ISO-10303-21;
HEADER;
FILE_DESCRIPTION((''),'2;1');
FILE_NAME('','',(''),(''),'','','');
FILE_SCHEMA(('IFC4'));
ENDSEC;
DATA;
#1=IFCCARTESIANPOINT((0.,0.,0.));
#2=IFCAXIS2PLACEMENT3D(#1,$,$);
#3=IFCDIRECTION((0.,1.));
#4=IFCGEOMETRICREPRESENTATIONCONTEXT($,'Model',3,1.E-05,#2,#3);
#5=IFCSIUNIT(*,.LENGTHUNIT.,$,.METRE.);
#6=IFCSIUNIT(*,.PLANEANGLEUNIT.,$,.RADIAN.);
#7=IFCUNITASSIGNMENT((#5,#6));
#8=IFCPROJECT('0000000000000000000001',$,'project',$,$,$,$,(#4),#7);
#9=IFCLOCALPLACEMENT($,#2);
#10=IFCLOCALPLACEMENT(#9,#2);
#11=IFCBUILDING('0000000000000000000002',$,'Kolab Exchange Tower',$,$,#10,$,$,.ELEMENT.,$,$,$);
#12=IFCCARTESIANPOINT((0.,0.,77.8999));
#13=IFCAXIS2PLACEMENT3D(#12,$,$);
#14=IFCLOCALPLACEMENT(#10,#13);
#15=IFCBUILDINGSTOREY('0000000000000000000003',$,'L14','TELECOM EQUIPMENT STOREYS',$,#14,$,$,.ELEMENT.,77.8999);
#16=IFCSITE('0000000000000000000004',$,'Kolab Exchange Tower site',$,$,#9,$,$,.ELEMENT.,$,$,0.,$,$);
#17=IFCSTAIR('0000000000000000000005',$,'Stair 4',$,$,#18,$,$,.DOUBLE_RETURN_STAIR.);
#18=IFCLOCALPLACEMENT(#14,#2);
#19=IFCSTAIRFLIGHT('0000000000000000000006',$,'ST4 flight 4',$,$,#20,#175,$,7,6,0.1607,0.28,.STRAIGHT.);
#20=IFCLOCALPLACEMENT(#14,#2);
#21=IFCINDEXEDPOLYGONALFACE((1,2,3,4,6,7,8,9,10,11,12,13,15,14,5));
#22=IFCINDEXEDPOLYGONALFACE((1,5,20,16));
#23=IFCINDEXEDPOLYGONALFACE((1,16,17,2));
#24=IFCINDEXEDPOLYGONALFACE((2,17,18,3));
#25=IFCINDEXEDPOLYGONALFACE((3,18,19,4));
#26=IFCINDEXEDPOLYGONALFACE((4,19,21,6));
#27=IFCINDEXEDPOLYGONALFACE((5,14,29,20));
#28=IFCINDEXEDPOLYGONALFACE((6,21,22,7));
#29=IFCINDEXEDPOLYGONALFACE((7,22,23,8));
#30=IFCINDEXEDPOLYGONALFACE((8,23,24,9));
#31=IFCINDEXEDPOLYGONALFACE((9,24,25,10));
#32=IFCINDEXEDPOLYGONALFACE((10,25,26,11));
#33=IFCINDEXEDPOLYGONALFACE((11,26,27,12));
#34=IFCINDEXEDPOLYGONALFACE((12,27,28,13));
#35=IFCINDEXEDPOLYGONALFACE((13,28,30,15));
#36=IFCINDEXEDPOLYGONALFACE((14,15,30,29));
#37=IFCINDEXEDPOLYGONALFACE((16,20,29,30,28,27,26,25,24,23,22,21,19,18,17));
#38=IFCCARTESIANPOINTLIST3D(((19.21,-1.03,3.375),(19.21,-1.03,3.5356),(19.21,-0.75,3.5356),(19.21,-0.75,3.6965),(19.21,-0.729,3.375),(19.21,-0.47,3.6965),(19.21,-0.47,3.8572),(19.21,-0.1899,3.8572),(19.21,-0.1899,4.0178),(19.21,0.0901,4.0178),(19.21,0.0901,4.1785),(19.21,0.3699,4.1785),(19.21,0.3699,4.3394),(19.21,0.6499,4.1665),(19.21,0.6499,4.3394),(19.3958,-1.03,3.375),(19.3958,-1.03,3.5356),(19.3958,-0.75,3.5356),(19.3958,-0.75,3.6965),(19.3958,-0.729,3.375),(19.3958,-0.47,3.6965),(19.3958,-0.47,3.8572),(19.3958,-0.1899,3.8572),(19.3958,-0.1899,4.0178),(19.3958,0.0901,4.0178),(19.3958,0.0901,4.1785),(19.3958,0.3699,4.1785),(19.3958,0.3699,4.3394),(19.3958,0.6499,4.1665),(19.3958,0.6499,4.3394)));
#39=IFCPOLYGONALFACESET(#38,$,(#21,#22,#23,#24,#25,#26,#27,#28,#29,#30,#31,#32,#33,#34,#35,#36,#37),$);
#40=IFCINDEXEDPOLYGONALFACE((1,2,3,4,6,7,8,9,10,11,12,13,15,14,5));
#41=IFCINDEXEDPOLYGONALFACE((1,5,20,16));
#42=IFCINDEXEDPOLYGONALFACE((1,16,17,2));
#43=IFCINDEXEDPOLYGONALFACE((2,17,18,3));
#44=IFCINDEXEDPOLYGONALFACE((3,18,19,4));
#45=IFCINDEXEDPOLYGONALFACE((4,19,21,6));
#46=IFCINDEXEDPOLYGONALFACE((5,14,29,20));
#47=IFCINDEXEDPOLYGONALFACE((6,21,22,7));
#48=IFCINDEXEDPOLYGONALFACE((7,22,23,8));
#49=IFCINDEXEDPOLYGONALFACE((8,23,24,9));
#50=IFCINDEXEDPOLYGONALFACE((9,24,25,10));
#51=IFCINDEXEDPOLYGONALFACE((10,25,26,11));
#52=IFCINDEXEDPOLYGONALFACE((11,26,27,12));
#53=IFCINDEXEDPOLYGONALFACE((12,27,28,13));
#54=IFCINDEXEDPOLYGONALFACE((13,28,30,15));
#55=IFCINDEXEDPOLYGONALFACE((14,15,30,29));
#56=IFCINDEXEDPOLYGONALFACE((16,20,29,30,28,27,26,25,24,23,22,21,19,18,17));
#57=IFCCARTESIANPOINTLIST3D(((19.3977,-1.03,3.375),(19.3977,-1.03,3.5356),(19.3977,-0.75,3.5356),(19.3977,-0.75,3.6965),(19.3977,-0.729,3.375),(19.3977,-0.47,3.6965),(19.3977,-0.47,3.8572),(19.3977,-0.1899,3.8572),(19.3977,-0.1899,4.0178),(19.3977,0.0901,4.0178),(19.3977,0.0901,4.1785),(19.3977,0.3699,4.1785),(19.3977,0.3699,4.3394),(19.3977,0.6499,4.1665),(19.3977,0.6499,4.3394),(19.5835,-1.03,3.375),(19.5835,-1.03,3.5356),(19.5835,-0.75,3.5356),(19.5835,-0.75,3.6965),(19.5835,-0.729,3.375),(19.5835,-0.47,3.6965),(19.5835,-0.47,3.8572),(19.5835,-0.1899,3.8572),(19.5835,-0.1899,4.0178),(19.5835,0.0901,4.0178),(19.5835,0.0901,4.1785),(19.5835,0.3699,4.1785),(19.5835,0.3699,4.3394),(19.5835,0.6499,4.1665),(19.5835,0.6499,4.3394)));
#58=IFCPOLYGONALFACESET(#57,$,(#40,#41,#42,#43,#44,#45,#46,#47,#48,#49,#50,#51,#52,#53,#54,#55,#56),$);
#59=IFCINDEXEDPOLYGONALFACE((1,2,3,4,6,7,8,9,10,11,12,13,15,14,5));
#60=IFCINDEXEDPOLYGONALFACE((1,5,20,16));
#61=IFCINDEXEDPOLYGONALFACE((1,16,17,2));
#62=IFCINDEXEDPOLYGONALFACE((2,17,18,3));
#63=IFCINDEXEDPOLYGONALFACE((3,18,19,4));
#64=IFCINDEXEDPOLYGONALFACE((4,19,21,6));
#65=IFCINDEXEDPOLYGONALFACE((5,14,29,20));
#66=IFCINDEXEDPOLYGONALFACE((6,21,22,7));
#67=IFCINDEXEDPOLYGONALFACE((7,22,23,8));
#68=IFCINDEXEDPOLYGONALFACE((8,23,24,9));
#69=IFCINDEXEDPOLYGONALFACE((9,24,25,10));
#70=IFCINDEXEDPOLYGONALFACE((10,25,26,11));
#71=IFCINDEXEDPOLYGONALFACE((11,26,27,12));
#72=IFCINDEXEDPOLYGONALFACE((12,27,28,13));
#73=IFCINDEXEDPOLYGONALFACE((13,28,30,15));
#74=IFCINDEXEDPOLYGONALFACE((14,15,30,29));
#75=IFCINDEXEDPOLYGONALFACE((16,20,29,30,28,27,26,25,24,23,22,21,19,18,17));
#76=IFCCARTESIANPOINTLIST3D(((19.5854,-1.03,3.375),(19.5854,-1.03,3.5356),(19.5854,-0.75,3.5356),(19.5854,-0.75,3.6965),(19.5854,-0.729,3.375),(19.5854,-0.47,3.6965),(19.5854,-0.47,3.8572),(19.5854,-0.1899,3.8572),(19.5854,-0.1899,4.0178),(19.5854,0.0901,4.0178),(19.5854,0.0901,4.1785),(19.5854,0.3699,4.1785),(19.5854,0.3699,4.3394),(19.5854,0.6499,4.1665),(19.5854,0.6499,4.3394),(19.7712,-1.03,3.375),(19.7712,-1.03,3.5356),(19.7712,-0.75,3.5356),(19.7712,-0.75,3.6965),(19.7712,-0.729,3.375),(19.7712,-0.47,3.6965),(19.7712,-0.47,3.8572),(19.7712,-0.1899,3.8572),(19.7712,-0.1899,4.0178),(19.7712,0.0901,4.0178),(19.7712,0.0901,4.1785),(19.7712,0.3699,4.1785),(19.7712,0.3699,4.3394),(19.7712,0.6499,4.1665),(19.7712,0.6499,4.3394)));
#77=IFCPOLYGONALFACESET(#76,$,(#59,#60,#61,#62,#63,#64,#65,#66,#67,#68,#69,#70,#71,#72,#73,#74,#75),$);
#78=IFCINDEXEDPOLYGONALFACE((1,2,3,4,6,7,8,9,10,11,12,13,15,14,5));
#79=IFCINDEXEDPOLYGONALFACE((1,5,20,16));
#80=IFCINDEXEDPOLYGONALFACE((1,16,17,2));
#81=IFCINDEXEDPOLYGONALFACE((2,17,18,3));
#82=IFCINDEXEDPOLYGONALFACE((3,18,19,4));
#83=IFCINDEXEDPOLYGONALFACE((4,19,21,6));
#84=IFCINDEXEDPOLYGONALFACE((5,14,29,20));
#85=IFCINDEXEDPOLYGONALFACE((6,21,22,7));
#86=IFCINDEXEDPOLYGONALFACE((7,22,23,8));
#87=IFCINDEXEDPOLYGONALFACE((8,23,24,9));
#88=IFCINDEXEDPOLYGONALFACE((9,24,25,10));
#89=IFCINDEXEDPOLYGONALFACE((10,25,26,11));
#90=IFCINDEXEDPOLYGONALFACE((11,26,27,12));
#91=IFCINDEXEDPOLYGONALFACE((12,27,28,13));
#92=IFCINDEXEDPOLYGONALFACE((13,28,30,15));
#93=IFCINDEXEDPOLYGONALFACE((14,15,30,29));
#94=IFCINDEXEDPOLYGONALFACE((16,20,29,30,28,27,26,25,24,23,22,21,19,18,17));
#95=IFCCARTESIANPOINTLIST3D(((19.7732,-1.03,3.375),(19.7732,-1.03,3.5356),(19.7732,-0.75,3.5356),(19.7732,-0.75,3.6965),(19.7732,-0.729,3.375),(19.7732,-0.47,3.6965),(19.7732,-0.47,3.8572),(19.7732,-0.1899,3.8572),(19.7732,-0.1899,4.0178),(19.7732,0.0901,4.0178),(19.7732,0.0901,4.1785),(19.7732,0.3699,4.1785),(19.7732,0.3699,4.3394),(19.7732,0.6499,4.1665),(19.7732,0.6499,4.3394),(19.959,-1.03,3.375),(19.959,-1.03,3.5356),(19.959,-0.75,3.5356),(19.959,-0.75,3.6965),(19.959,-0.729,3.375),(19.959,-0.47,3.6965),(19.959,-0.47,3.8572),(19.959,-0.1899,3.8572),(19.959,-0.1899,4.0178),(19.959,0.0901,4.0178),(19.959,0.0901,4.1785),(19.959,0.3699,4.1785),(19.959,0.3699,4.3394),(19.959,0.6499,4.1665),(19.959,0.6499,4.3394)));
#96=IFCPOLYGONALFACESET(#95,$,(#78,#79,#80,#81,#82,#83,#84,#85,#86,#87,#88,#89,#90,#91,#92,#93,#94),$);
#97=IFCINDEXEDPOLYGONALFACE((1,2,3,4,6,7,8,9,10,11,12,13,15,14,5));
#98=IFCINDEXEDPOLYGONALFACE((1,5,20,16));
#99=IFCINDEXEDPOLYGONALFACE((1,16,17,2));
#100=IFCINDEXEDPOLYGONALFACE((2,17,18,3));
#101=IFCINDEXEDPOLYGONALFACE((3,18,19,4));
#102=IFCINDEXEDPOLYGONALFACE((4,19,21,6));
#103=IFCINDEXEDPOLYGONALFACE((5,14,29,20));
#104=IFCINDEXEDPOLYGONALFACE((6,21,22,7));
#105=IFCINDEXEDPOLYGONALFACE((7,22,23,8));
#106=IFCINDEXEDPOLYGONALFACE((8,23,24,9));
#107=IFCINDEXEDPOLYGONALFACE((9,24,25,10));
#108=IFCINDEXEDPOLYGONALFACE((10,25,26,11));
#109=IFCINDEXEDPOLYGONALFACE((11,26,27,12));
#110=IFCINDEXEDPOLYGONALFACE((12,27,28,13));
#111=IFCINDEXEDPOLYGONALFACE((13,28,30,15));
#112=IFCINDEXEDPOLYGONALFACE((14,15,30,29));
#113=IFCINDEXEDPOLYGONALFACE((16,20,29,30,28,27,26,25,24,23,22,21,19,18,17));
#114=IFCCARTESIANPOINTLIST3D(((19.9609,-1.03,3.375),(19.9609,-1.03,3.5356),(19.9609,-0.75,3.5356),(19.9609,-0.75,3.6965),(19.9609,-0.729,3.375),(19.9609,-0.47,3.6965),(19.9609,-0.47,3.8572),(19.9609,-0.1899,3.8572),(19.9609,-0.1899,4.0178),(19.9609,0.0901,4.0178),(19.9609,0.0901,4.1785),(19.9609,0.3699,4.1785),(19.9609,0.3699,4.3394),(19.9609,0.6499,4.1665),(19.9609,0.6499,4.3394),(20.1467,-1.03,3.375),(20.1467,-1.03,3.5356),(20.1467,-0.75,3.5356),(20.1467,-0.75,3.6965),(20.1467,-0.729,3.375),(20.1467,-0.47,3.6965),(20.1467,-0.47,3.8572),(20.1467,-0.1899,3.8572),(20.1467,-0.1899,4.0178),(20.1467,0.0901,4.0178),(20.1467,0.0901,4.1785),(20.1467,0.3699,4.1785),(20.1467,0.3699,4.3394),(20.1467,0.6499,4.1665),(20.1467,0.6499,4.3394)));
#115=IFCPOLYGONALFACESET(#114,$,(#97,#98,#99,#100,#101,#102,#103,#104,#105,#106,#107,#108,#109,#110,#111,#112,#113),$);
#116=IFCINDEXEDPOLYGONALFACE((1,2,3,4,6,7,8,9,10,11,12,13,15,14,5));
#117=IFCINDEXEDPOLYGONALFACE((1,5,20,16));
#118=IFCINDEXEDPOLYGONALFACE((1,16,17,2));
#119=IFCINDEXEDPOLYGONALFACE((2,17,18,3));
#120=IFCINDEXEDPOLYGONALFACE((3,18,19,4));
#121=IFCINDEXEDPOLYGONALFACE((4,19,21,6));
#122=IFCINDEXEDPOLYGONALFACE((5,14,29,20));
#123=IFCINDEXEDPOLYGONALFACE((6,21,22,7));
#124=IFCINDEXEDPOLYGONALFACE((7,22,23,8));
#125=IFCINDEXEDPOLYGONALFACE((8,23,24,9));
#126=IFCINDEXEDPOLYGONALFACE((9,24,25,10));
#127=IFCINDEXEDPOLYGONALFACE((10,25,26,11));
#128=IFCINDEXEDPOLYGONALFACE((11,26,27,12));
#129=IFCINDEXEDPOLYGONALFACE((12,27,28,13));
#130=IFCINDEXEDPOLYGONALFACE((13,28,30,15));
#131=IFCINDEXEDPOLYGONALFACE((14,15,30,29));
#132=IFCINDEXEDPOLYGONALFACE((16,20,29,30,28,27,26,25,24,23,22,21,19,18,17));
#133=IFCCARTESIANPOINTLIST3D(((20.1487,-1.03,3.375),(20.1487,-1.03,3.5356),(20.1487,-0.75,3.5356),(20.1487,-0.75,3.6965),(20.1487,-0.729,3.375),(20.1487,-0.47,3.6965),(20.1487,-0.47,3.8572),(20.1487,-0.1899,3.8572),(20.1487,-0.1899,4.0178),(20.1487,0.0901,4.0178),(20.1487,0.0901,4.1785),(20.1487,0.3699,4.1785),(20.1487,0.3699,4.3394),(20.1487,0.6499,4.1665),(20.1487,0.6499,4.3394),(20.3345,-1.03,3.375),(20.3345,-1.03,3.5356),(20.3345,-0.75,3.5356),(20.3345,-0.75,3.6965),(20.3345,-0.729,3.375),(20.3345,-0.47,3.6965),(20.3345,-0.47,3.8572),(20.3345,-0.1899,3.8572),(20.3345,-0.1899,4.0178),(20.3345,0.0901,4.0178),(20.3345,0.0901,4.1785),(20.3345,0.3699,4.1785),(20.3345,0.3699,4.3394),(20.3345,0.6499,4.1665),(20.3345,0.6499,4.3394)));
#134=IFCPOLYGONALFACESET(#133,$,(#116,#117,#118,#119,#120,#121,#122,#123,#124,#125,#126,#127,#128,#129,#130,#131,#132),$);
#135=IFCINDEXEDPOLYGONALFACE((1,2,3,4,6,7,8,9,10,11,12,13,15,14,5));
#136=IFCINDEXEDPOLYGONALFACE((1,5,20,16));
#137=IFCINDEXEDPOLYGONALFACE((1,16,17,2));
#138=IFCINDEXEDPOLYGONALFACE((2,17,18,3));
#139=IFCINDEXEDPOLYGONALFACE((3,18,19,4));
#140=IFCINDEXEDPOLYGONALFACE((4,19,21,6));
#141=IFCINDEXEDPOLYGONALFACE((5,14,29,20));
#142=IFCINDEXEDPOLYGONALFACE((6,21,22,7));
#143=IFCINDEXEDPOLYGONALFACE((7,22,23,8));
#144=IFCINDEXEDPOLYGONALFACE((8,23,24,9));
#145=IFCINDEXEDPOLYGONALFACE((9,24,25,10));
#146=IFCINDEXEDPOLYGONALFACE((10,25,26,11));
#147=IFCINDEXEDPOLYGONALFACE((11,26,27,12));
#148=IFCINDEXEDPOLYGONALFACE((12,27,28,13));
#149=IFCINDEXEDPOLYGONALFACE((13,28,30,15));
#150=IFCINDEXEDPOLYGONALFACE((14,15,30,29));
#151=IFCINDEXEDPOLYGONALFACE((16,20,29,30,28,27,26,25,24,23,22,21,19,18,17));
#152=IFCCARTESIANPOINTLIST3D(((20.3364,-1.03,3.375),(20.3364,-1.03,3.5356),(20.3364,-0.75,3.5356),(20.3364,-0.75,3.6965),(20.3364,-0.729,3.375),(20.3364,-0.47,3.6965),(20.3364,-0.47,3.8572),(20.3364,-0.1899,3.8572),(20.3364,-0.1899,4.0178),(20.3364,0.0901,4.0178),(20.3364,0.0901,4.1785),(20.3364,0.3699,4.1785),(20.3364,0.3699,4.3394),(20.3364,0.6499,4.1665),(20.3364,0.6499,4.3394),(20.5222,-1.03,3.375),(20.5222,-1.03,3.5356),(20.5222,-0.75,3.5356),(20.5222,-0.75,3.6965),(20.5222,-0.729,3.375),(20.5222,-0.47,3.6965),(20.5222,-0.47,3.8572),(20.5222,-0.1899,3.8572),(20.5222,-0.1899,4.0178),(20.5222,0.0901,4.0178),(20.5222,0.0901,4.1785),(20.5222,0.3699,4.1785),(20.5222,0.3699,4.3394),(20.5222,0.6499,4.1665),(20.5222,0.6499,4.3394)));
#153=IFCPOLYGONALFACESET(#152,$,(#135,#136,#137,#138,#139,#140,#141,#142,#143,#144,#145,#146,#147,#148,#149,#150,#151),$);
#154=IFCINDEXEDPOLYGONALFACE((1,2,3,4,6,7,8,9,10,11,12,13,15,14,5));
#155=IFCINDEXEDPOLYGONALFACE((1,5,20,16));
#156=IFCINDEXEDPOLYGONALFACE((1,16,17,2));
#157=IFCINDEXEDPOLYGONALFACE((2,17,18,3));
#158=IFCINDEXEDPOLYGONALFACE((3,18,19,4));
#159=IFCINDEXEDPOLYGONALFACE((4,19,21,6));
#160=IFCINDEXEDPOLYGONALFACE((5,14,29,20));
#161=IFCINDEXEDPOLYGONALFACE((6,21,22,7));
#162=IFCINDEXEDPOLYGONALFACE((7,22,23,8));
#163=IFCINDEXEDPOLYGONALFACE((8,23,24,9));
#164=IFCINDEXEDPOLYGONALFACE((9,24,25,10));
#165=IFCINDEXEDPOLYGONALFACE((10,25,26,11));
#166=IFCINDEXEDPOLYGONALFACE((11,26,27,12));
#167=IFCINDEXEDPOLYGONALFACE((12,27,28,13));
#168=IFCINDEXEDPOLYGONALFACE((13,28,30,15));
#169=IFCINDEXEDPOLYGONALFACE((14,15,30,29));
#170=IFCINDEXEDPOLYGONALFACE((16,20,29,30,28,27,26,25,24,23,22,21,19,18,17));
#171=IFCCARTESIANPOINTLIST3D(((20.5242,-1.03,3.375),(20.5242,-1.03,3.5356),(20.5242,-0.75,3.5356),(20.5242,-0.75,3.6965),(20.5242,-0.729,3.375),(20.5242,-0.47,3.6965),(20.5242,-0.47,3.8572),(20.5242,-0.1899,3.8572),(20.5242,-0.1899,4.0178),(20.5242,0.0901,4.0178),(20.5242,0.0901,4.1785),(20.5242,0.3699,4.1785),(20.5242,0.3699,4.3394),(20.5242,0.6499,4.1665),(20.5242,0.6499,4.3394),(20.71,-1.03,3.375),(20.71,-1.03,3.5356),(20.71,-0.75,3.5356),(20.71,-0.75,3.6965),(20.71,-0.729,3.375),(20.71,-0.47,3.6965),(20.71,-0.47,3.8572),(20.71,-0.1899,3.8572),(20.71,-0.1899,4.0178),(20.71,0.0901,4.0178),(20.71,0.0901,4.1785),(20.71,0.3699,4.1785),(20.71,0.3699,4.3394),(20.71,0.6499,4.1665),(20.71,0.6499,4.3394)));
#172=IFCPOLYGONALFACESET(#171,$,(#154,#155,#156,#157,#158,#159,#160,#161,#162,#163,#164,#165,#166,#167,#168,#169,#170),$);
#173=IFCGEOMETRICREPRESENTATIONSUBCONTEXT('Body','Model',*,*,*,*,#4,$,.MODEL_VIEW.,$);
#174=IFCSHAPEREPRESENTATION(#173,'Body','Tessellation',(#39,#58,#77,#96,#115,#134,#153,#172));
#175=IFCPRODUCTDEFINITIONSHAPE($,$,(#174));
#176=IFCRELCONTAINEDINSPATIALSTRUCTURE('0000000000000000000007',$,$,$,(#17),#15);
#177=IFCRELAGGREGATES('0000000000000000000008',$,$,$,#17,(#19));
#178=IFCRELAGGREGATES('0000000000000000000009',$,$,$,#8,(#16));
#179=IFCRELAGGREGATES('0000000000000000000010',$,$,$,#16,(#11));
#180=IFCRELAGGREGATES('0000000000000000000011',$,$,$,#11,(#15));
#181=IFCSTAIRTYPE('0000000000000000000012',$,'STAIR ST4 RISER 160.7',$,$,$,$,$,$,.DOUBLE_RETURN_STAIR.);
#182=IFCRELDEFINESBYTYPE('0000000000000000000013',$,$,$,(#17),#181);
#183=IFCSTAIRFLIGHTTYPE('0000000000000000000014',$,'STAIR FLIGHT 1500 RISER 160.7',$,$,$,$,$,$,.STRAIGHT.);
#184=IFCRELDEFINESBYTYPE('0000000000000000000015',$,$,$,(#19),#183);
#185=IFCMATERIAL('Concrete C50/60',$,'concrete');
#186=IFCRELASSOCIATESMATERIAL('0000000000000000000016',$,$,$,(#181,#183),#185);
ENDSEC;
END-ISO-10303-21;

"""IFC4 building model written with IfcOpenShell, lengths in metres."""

from ifc_helpers import new_model, si_unit, direction, frame, origin, place, context, subcontext, project, spatial, polyline, outline, extrude, material, type_object, element, aggregate, save


model = new_model("IFC4")

# Units and contexts
model_context = context("Model", 3, precision=1e-05, world=origin(), true_north=direction((0.0, 1.0)))
body_context = subcontext(model_context, "Body", "Model", "MODEL_VIEW")
ifc_project = project(units=[si_unit("LENGTHUNIT", "METRE"), si_unit("PLANEANGLEUNIT", "RADIAN")], contexts=[model_context])

# Site, building, storey
site_placement = place(None, origin())
site = spatial("IfcSite", under=ifc_project, at=site_placement, Name="Kolab Exchange Tower site", CompositionType="ELEMENT", RefElevation=0.0)
building_placement = place(site_placement, origin())
building = spatial("IfcBuilding", under=site, at=building_placement, Name="Kolab Exchange Tower", CompositionType="ELEMENT")
storey_placement = place(building_placement, frame((0.0, 0.0, 77.8999)))
storey = spatial("IfcBuildingStorey", under=building, at=storey_placement, Name="L14", Description="TELECOM EQUIPMENT STOREYS", CompositionType="ELEMENT", Elevation=77.8999)

# Shared definitions
ifc_material_1 = material(Name="Concrete C50/60", Category="concrete")

# Stair, stair flight
stair_type = type_object("IfcStairType", Name="STAIR ST4 RISER 160.7", PredefinedType="DOUBLE_RETURN_STAIR", material=ifc_material_1)
stair_placement = place(storey_placement, origin())
stair = element("IfcStair", 1, at=stair_placement, inside=storey, type_object=stair_type, Name="Stair 4", PredefinedType="DOUBLE_RETURN_STAIR")
stair_flight_type = type_object("IfcStairFlightType", Name="STAIR FLIGHT 1500 RISER 160.7", PredefinedType="STRAIGHT", material=ifc_material_1)
stair_flight_1_placement = place(storey_placement, frame((19.96, -1.03, 3.375), z_axis=(0.0, 0.0, 1.0), x_axis=(0.0, 1.0, 0.0)))
stair_flight_1 = element("IfcStairFlight", 2, at=stair_flight_1_placement, type_object=stair_flight_type, Name="ST4 flight 4", NumberOfRisers=7, NumberOfTreads=6, PredefinedType="STRAIGHT", RiserHeight=0.1607, TreadLength=0.28, context=body_context, shape_type="SweptSolid", body=[
    extrude(outline(polyline([(0.0, 0.0), (0.0, 0.1606), (0.28, 0.1606), (0.28, 0.3215), (0.5601, 0.3215), (0.5601, 0.4822), (0.8401, 0.4822), (0.8401, 0.6428), (1.1201, 0.6428), (1.1201, 0.8035), (1.3999, 0.8035), (1.3999, 0.9644), (1.6799, 0.9644), (1.6799, 1.125), (1.6799, 0.7915), (0.301, 0.0), (0.0, 0.0)])), frame((0.0, 0.75, 0.0), z_axis=(0.0, -1.0, 0.0), x_axis=(1.0, 0.0, 0.0)), (0.0, 0.0, 1.0), 0.1858),
    extrude(outline(polyline([(0.0, 0.0), (0.0, 0.1606), (0.28, 0.1606), (0.28, 0.3215), (0.5601, 0.3215), (0.5601, 0.4822), (0.8401, 0.4822), (0.8401, 0.6428), (1.1201, 0.6428), (1.1201, 0.8035), (1.3999, 0.8035), (1.3999, 0.9644), (1.6799, 0.9644), (1.6799, 1.125), (1.6799, 0.7915), (0.301, 0.0), (0.0, 0.0)])), frame((0.0, 0.5623, 0.0), z_axis=(0.0, -1.0, 0.0), x_axis=(1.0, 0.0, 0.0)), (0.0, 0.0, 1.0), 0.1858),
    extrude(outline(polyline([(0.0, 0.0), (0.0, 0.1606), (0.28, 0.1606), (0.28, 0.3215), (0.5601, 0.3215), (0.5601, 0.4822), (0.8401, 0.4822), (0.8401, 0.6428), (1.1201, 0.6428), (1.1201, 0.8035), (1.3999, 0.8035), (1.3999, 0.9644), (1.6799, 0.9644), (1.6799, 1.125), (1.6799, 0.7915), (0.301, 0.0), (0.0, 0.0)])), frame((0.0, 0.3745, 0.0), z_axis=(0.0, -1.0, 0.0), x_axis=(1.0, 0.0, 0.0)), (0.0, 0.0, 1.0), 0.1858),
    extrude(outline(polyline([(0.0, 0.0), (0.0, 0.1606), (0.28, 0.1606), (0.28, 0.3215), (0.5601, 0.3215), (0.5601, 0.4822), (0.8401, 0.4822), (0.8401, 0.6428), (1.1201, 0.6428), (1.1201, 0.8035), (1.3999, 0.8035), (1.3999, 0.9644), (1.6799, 0.9644), (1.6799, 1.125), (1.6799, 0.7915), (0.301, 0.0), (0.0, 0.0)])), frame((0.0, 0.1868, 0.0), z_axis=(0.0, -1.0, 0.0), x_axis=(1.0, 0.0, 0.0)), (0.0, 0.0, 1.0), 0.1858),
    extrude(outline(polyline([(0.0, 0.0), (0.0, 0.1606), (0.28, 0.1606), (0.28, 0.3215), (0.5601, 0.3215), (0.5601, 0.4822), (0.8401, 0.4822), (0.8401, 0.6428), (1.1201, 0.6428), (1.1201, 0.8035), (1.3999, 0.8035), (1.3999, 0.9644), (1.6799, 0.9644), (1.6799, 1.125), (1.6799, 0.7915), (0.301, 0.0), (0.0, 0.0)])), frame((0.0, -0.001, 0.0), z_axis=(0.0, -1.0, 0.0), x_axis=(1.0, 0.0, 0.0)), (0.0, 0.0, 1.0), 0.1858),
    extrude(outline(polyline([(0.0, 0.0), (0.0, 0.1606), (0.28, 0.1606), (0.28, 0.3215), (0.5601, 0.3215), (0.5601, 0.4822), (0.8401, 0.4822), (0.8401, 0.6428), (1.1201, 0.6428), (1.1201, 0.8035), (1.3999, 0.8035), (1.3999, 0.9644), (1.6799, 0.9644), (1.6799, 1.125), (1.6799, 0.7915), (0.301, 0.0), (0.0, 0.0)])), frame((0.0, -0.1887, 0.0), z_axis=(0.0, -1.0, 0.0), x_axis=(1.0, 0.0, 0.0)), (0.0, 0.0, 1.0), 0.1858),
    extrude(outline(polyline([(0.0, 0.0), (0.0, 0.1606), (0.28, 0.1606), (0.28, 0.3215), (0.5601, 0.3215), (0.5601, 0.4822), (0.8401, 0.4822), (0.8401, 0.6428), (1.1201, 0.6428), (1.1201, 0.8035), (1.3999, 0.8035), (1.3999, 0.9644), (1.6799, 0.9644), (1.6799, 1.125), (1.6799, 0.7915), (0.301, 0.0), (0.0, 0.0)])), frame((0.0, -0.3765, 0.0), z_axis=(0.0, -1.0, 0.0), x_axis=(1.0, 0.0, 0.0)), (0.0, 0.0, 1.0), 0.1858),
    extrude(outline(polyline([(0.0, 0.0), (0.0, 0.1606), (0.28, 0.1606), (0.28, 0.3215), (0.5601, 0.3215), (0.5601, 0.4822), (0.8401, 0.4822), (0.8401, 0.6428), (1.1201, 0.6428), (1.1201, 0.8035), (1.3999, 0.8035), (1.3999, 0.9644), (1.6799, 0.9644), (1.6799, 1.125), (1.6799, 0.7915), (0.301, 0.0), (0.0, 0.0)])), frame((0.0, -0.5642, 0.0), z_axis=(0.0, -1.0, 0.0), x_axis=(1.0, 0.0, 0.0)), (0.0, 0.0, 1.0), 0.1858),
])
aggregate(stair, [stair_flight_1])

save(model, "model.ifc")
